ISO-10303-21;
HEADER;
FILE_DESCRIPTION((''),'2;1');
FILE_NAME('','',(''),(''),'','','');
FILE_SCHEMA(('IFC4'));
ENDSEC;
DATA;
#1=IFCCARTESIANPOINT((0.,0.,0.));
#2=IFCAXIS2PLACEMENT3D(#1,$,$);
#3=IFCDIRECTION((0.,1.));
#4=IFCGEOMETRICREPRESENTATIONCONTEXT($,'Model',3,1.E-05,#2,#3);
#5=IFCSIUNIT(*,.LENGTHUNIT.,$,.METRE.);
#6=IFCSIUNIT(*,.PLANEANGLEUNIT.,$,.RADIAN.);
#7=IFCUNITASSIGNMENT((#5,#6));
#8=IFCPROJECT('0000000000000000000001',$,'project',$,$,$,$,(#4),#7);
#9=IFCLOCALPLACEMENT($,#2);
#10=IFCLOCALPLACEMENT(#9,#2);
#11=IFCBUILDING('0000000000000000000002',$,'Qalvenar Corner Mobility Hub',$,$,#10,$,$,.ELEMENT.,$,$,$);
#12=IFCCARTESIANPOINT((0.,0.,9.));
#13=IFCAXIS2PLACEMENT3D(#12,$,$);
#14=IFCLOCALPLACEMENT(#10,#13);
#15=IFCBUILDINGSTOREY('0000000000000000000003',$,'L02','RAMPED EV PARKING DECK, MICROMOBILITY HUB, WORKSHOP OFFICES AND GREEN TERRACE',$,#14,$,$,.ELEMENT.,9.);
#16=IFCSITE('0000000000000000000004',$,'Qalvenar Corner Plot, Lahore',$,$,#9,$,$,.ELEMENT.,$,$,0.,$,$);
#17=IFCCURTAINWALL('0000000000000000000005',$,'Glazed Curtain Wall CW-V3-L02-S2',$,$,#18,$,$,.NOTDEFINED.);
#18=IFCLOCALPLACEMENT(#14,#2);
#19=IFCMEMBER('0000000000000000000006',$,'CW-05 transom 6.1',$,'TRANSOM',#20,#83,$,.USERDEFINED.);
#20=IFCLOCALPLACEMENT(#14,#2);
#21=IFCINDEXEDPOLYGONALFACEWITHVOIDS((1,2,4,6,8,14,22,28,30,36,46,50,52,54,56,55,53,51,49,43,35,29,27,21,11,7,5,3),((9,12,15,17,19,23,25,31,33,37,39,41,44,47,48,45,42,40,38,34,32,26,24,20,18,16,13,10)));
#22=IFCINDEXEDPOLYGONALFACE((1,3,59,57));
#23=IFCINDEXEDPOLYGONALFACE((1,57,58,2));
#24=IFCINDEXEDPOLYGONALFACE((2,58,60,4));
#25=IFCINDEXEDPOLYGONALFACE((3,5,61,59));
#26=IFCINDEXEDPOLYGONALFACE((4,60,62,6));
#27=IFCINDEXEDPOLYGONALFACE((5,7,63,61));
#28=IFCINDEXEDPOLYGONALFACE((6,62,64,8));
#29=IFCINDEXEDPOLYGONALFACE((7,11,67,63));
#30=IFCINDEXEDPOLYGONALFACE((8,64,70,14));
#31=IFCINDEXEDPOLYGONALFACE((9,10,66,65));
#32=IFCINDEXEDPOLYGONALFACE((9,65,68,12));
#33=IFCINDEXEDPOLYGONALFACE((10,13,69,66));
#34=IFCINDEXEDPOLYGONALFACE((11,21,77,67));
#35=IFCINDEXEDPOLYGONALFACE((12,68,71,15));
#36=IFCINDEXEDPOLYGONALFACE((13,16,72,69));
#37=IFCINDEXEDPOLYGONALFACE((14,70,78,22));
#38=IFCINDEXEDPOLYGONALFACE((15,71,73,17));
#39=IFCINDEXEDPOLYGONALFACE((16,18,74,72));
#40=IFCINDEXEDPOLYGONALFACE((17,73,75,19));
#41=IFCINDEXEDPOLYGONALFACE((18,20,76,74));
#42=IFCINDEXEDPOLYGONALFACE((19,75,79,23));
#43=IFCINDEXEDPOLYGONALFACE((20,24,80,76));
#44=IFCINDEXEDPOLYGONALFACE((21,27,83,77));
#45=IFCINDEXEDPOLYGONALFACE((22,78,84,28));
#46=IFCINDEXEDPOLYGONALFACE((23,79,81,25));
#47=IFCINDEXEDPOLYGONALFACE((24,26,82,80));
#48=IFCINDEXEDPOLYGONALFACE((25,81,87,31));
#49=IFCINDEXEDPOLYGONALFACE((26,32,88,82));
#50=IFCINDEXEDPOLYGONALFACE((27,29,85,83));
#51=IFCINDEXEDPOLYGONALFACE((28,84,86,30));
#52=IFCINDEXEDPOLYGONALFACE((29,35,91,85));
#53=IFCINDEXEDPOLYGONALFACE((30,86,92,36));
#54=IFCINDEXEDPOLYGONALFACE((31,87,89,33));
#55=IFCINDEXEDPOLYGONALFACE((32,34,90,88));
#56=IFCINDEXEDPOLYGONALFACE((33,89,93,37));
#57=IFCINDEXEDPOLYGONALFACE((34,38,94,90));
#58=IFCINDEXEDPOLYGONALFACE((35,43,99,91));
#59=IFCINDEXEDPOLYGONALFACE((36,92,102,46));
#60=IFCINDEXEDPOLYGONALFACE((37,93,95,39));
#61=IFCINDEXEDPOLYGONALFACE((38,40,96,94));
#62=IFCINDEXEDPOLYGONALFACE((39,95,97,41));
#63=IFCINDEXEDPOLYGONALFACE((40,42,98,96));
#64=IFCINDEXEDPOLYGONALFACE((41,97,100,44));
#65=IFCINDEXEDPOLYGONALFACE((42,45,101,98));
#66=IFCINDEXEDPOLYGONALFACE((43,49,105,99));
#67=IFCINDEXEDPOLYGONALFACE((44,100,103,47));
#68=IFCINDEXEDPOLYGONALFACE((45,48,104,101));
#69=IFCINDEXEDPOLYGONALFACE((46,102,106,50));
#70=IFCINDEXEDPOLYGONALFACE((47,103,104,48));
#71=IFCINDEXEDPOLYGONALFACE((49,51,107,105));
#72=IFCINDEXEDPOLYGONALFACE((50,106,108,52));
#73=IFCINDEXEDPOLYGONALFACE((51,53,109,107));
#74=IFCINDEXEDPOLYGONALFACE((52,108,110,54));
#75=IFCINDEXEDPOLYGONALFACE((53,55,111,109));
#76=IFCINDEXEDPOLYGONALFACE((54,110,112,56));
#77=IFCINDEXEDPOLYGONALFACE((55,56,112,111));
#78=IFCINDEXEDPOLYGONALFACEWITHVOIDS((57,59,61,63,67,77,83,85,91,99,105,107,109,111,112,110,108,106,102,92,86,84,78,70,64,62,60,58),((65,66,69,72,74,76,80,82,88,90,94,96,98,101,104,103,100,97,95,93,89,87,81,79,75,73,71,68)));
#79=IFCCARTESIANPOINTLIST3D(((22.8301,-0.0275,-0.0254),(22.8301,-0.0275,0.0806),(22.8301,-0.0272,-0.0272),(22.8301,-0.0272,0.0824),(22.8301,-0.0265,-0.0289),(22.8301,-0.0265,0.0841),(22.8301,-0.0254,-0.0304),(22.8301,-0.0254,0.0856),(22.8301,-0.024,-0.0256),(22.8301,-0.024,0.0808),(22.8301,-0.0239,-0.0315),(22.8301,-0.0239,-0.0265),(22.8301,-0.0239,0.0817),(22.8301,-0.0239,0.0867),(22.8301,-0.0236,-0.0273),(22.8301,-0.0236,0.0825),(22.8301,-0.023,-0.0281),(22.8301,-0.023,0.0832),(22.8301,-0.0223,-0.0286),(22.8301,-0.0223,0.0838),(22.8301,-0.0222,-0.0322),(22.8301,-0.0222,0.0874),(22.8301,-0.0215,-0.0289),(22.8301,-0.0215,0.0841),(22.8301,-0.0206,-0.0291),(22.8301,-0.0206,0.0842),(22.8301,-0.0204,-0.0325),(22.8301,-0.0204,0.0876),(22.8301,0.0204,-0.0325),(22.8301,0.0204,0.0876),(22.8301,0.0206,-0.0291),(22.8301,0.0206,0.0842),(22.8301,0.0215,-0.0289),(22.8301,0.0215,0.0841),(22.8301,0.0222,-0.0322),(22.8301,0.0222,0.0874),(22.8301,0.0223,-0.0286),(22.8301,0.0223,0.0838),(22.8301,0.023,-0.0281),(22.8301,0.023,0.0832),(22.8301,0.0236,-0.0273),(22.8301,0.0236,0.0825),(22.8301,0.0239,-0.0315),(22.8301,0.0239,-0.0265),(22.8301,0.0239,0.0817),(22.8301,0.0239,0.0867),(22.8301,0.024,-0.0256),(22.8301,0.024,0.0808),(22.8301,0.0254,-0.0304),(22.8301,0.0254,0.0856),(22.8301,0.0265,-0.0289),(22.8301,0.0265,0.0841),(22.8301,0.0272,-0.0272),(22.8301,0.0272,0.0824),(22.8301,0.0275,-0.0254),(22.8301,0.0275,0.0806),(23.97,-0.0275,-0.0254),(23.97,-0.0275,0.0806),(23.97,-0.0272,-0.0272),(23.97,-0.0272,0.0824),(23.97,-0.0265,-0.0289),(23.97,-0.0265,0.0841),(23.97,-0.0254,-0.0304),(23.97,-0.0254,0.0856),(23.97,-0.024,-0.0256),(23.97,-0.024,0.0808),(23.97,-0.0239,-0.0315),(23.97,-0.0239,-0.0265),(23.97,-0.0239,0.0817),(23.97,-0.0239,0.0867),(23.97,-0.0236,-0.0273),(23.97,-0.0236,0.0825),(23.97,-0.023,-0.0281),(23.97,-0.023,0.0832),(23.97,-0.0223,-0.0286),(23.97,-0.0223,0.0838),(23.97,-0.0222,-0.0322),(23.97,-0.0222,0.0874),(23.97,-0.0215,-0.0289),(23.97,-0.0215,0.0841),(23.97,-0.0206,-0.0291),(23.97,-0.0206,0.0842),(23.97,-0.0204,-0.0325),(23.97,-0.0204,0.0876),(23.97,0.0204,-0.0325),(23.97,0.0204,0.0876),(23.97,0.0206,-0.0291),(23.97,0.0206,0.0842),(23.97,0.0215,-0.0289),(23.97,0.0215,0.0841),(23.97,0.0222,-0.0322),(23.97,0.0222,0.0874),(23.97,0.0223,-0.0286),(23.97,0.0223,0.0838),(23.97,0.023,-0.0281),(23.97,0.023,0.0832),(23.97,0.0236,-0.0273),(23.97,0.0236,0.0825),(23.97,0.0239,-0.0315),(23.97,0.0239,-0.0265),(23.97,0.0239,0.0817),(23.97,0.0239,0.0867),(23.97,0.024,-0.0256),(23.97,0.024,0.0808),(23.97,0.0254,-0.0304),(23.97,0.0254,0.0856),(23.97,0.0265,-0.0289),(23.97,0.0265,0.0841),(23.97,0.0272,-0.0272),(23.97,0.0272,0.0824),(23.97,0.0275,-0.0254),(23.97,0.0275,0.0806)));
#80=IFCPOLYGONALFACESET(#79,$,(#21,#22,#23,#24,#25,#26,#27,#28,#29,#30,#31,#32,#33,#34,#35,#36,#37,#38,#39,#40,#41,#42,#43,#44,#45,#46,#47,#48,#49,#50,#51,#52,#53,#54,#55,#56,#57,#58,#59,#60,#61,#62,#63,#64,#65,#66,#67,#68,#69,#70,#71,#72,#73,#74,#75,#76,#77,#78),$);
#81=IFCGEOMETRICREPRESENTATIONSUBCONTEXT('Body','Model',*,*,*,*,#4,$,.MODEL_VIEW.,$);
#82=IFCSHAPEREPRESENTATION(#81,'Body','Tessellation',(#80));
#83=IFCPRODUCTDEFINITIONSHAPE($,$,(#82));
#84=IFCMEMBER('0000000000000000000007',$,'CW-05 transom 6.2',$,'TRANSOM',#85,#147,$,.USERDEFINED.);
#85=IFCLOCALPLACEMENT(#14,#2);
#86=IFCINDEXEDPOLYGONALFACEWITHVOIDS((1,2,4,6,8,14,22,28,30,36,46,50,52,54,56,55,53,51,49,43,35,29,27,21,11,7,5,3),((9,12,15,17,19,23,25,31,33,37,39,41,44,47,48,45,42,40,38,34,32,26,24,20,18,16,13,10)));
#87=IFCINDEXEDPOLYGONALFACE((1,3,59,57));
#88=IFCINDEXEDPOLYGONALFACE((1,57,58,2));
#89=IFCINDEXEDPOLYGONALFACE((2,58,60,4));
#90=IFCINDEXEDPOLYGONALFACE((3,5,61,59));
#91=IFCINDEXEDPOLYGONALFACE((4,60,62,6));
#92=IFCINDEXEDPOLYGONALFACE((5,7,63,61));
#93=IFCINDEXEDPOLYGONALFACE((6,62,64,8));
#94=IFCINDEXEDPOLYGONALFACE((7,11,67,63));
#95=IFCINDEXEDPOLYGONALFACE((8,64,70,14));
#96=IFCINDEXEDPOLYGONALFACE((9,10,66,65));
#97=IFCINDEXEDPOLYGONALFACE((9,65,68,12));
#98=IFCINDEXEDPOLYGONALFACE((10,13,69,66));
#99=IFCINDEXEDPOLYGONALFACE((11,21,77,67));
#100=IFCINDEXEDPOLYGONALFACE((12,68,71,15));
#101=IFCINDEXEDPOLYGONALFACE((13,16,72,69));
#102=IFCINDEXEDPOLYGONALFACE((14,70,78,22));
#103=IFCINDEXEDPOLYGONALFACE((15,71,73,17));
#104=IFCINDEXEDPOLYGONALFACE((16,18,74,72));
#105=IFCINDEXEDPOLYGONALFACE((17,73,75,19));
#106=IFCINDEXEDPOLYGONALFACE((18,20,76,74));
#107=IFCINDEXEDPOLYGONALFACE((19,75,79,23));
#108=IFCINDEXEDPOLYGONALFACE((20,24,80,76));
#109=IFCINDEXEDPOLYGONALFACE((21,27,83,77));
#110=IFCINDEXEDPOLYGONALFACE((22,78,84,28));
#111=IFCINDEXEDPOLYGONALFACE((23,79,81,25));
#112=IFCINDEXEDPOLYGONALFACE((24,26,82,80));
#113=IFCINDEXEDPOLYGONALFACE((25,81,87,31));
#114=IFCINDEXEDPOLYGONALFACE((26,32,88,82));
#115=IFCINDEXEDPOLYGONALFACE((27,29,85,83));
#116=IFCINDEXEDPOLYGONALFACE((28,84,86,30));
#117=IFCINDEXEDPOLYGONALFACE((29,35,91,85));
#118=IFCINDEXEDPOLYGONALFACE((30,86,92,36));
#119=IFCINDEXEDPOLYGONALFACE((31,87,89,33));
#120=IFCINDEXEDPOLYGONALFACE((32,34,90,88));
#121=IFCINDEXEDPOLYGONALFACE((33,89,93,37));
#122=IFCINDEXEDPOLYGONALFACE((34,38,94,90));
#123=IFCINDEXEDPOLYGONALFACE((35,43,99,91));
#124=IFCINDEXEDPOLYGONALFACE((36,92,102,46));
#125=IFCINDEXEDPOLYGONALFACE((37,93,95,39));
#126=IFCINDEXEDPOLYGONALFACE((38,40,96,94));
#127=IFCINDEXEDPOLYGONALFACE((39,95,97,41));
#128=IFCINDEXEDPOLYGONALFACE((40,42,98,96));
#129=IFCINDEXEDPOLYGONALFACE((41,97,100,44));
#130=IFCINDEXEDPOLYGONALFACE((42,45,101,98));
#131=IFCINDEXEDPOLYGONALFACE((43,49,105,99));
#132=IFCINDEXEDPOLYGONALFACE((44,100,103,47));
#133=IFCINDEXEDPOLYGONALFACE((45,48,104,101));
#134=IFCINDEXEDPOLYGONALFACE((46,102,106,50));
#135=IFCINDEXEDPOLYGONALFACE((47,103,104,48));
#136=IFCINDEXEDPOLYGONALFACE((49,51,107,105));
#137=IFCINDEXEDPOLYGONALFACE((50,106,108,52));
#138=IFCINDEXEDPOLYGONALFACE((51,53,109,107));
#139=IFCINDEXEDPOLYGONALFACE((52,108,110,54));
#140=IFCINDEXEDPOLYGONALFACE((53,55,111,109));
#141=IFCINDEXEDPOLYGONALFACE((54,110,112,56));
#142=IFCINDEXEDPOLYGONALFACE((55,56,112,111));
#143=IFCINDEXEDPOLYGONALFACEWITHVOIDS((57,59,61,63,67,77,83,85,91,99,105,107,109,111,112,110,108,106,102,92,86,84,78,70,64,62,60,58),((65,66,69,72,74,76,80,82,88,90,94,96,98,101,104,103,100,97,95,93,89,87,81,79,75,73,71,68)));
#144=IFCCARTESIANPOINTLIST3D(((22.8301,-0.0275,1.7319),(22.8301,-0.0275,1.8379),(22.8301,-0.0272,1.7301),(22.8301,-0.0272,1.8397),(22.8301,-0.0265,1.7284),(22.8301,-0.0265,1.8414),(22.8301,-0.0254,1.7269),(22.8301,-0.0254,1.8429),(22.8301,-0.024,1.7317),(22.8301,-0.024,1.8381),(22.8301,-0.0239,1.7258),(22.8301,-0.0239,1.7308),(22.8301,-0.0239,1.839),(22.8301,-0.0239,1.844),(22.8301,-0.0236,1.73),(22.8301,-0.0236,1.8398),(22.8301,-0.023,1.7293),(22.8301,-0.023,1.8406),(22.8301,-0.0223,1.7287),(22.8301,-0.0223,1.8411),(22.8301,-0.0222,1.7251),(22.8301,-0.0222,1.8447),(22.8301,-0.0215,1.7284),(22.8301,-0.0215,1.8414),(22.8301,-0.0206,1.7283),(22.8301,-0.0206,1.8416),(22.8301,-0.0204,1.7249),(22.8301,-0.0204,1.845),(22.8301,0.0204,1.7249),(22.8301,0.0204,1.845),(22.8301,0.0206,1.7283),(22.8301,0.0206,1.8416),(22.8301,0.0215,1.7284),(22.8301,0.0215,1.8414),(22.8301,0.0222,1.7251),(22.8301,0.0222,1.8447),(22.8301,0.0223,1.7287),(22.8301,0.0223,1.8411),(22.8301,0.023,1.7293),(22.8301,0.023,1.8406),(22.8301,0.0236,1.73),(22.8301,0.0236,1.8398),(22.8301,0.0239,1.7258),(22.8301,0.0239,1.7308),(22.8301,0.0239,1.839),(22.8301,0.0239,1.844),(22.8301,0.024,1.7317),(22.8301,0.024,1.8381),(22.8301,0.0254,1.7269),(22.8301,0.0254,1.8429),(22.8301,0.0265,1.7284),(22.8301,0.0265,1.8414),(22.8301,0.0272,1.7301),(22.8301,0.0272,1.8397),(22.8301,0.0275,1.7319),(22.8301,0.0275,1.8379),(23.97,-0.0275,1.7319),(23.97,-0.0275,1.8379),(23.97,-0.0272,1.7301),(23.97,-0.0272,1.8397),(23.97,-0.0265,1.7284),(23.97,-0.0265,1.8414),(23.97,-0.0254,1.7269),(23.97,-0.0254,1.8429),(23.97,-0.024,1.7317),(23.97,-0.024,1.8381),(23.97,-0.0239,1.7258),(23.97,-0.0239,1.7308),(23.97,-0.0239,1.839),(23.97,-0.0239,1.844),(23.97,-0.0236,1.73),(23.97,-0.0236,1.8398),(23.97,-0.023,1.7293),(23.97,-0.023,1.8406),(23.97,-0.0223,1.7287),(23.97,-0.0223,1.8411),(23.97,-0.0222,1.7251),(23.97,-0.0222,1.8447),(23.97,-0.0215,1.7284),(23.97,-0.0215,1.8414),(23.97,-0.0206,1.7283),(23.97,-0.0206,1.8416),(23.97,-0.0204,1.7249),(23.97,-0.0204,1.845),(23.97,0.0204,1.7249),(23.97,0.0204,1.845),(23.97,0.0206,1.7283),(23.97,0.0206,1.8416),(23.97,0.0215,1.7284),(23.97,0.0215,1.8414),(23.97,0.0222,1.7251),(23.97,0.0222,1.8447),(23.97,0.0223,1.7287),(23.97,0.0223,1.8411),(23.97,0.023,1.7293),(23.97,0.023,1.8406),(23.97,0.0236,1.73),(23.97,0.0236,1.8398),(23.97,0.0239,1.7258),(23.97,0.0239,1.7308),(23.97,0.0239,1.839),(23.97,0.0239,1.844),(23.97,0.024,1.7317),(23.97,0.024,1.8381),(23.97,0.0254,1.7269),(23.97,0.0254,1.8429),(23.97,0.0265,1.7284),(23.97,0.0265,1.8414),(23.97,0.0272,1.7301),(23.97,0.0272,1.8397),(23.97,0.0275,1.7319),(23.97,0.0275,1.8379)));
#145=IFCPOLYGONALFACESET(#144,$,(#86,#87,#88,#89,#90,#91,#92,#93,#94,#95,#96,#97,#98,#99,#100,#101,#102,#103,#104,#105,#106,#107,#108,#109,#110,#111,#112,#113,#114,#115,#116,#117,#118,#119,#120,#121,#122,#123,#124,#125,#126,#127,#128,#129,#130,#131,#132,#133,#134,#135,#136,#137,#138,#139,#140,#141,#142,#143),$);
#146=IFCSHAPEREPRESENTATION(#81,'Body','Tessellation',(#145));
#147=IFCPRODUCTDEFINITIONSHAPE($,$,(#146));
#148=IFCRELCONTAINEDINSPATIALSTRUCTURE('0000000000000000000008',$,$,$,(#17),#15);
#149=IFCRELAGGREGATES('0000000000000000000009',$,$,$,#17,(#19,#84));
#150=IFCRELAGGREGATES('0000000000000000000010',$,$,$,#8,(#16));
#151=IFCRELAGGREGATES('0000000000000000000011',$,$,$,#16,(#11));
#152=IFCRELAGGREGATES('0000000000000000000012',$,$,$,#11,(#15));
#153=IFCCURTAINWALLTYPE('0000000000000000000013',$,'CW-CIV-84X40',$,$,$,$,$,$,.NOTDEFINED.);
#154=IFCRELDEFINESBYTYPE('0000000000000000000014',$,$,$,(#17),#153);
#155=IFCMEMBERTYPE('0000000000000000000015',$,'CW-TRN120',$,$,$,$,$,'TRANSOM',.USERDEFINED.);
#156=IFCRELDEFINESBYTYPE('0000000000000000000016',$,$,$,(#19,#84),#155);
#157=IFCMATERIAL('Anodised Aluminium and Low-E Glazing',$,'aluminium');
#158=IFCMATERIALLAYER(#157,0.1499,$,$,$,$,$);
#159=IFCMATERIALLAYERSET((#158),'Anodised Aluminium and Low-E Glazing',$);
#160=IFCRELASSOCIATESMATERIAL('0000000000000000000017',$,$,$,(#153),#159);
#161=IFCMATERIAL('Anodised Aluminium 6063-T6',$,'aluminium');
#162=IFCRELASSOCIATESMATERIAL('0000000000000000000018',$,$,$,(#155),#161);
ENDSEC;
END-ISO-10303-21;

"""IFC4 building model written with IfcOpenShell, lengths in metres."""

from ifc_helpers import new_model, si_unit, direction, frame, origin, origin_2d, place, context, subcontext, project, spatial, hollow_rectangle, extrude, material, layer, layer_set, material_profile, profile_set, type_object, element, aggregate, save


model = new_model("IFC4")

# Units and contexts
model_context = context("Model", 3, precision=1e-05, world=origin(), true_north=direction((0.0, 1.0)))
body_context = subcontext(model_context, "Body", "Model", "MODEL_VIEW")
ifc_project = project(units=[si_unit("LENGTHUNIT", "METRE"), si_unit("PLANEANGLEUNIT", "RADIAN")], contexts=[model_context])

# Site, building, storey
site_placement = place(None, origin())
site = spatial("IfcSite", under=ifc_project, at=site_placement, Name="Qalvenar Corner Plot, Lahore", CompositionType="ELEMENT", RefElevation=0.0)
building_placement = place(site_placement, origin())
building = spatial("IfcBuilding", under=site, at=building_placement, Name="Qalvenar Corner Mobility Hub", CompositionType="ELEMENT")
storey_placement = place(building_placement, frame((0.0, 0.0, 9.0)))
storey = spatial("IfcBuildingStorey", under=building, at=storey_placement, Name="L02", Description="RAMPED EV PARKING DECK, MICROMOBILITY HUB, WORKSHOP OFFICES AND GREEN TERRACE", CompositionType="ELEMENT", Elevation=9.0)

# Curtain wall, members
ifc_material_1 = material(Name="Anodised Aluminium and Low-E Glazing", Category="aluminium")
ifc_layer_1 = layer(ifc_material_1, 0.1499)
ifc_layer_set_1 = layer_set([ifc_layer_1], Name="Anodised Aluminium and Low-E Glazing")
curtain_wall_type = type_object("IfcCurtainWallType", Name="CW-CIV-84X40", PredefinedType="NOTDEFINED", material=ifc_layer_set_1)
curtain_wall_placement = place(storey_placement, origin())
curtain_wall = element("IfcCurtainWall", 1, at=curtain_wall_placement, inside=storey, type_object=curtain_wall_type, Name="Glazed Curtain Wall CW-V3-L02-S2", PredefinedType="NOTDEFINED")
ifc_material_2 = material(Name="Anodised Aluminium 6063-T6", Category="aluminium")
ifc_material_profile_1 = material_profile(ifc_material_2, hollow_rectangle(XDim=0.0549, YDim=0.1201, WallThickness=0.0034, InnerFilletRadius=0.0034, OuterFilletRadius=0.0071, at=origin_2d()), Name="RHS120x55x3.5")
ifc_profile_set_1 = profile_set([ifc_material_profile_1], Name="Anodised Aluminium 6063-T6")
member_type_1 = type_object("IfcMemberType", Name="CW-TRN120", ElementType="TRANSOM", PredefinedType="USERDEFINED", material=ifc_profile_set_1)
member_1_placement = place(storey_placement, frame((22.8301, 0.0, 0.0276), z_axis=(1.0, 0.0, 0.0), x_axis=(0.0, 1.0, 0.0)))
member_1 = element("IfcMember", 2, at=member_1_placement, type_object=member_type_1, Name="CW-05 transom 6.1", ObjectType="TRANSOM", PredefinedType="USERDEFINED", context=body_context, shape_type="SweptSolid", body=[
    extrude(hollow_rectangle(XDim=0.0549, YDim=0.1201, WallThickness=0.0034, InnerFilletRadius=0.0034, OuterFilletRadius=0.0071, at=origin_2d()), origin(), (0.0, 0.0, 1.0), 1.1399),
])
member_2_placement = place(storey_placement, frame((22.8301, 0.0, 1.7849), z_axis=(1.0, 0.0, 0.0), x_axis=(0.0, 1.0, 0.0)))
member_2 = element("IfcMember", 3, at=member_2_placement, type_object=member_type_1, Name="CW-05 transom 6.2", ObjectType="TRANSOM", PredefinedType="USERDEFINED", context=body_context, shape_type="SweptSolid", body=[
    extrude(hollow_rectangle(XDim=0.0549, YDim=0.1201, WallThickness=0.0034, InnerFilletRadius=0.0034, OuterFilletRadius=0.0071, at=origin_2d()), origin(), (0.0, 0.0, 1.0), 1.1399),
])
aggregate(curtain_wall, [member_1, member_2])

save(model, "model.ifc")
